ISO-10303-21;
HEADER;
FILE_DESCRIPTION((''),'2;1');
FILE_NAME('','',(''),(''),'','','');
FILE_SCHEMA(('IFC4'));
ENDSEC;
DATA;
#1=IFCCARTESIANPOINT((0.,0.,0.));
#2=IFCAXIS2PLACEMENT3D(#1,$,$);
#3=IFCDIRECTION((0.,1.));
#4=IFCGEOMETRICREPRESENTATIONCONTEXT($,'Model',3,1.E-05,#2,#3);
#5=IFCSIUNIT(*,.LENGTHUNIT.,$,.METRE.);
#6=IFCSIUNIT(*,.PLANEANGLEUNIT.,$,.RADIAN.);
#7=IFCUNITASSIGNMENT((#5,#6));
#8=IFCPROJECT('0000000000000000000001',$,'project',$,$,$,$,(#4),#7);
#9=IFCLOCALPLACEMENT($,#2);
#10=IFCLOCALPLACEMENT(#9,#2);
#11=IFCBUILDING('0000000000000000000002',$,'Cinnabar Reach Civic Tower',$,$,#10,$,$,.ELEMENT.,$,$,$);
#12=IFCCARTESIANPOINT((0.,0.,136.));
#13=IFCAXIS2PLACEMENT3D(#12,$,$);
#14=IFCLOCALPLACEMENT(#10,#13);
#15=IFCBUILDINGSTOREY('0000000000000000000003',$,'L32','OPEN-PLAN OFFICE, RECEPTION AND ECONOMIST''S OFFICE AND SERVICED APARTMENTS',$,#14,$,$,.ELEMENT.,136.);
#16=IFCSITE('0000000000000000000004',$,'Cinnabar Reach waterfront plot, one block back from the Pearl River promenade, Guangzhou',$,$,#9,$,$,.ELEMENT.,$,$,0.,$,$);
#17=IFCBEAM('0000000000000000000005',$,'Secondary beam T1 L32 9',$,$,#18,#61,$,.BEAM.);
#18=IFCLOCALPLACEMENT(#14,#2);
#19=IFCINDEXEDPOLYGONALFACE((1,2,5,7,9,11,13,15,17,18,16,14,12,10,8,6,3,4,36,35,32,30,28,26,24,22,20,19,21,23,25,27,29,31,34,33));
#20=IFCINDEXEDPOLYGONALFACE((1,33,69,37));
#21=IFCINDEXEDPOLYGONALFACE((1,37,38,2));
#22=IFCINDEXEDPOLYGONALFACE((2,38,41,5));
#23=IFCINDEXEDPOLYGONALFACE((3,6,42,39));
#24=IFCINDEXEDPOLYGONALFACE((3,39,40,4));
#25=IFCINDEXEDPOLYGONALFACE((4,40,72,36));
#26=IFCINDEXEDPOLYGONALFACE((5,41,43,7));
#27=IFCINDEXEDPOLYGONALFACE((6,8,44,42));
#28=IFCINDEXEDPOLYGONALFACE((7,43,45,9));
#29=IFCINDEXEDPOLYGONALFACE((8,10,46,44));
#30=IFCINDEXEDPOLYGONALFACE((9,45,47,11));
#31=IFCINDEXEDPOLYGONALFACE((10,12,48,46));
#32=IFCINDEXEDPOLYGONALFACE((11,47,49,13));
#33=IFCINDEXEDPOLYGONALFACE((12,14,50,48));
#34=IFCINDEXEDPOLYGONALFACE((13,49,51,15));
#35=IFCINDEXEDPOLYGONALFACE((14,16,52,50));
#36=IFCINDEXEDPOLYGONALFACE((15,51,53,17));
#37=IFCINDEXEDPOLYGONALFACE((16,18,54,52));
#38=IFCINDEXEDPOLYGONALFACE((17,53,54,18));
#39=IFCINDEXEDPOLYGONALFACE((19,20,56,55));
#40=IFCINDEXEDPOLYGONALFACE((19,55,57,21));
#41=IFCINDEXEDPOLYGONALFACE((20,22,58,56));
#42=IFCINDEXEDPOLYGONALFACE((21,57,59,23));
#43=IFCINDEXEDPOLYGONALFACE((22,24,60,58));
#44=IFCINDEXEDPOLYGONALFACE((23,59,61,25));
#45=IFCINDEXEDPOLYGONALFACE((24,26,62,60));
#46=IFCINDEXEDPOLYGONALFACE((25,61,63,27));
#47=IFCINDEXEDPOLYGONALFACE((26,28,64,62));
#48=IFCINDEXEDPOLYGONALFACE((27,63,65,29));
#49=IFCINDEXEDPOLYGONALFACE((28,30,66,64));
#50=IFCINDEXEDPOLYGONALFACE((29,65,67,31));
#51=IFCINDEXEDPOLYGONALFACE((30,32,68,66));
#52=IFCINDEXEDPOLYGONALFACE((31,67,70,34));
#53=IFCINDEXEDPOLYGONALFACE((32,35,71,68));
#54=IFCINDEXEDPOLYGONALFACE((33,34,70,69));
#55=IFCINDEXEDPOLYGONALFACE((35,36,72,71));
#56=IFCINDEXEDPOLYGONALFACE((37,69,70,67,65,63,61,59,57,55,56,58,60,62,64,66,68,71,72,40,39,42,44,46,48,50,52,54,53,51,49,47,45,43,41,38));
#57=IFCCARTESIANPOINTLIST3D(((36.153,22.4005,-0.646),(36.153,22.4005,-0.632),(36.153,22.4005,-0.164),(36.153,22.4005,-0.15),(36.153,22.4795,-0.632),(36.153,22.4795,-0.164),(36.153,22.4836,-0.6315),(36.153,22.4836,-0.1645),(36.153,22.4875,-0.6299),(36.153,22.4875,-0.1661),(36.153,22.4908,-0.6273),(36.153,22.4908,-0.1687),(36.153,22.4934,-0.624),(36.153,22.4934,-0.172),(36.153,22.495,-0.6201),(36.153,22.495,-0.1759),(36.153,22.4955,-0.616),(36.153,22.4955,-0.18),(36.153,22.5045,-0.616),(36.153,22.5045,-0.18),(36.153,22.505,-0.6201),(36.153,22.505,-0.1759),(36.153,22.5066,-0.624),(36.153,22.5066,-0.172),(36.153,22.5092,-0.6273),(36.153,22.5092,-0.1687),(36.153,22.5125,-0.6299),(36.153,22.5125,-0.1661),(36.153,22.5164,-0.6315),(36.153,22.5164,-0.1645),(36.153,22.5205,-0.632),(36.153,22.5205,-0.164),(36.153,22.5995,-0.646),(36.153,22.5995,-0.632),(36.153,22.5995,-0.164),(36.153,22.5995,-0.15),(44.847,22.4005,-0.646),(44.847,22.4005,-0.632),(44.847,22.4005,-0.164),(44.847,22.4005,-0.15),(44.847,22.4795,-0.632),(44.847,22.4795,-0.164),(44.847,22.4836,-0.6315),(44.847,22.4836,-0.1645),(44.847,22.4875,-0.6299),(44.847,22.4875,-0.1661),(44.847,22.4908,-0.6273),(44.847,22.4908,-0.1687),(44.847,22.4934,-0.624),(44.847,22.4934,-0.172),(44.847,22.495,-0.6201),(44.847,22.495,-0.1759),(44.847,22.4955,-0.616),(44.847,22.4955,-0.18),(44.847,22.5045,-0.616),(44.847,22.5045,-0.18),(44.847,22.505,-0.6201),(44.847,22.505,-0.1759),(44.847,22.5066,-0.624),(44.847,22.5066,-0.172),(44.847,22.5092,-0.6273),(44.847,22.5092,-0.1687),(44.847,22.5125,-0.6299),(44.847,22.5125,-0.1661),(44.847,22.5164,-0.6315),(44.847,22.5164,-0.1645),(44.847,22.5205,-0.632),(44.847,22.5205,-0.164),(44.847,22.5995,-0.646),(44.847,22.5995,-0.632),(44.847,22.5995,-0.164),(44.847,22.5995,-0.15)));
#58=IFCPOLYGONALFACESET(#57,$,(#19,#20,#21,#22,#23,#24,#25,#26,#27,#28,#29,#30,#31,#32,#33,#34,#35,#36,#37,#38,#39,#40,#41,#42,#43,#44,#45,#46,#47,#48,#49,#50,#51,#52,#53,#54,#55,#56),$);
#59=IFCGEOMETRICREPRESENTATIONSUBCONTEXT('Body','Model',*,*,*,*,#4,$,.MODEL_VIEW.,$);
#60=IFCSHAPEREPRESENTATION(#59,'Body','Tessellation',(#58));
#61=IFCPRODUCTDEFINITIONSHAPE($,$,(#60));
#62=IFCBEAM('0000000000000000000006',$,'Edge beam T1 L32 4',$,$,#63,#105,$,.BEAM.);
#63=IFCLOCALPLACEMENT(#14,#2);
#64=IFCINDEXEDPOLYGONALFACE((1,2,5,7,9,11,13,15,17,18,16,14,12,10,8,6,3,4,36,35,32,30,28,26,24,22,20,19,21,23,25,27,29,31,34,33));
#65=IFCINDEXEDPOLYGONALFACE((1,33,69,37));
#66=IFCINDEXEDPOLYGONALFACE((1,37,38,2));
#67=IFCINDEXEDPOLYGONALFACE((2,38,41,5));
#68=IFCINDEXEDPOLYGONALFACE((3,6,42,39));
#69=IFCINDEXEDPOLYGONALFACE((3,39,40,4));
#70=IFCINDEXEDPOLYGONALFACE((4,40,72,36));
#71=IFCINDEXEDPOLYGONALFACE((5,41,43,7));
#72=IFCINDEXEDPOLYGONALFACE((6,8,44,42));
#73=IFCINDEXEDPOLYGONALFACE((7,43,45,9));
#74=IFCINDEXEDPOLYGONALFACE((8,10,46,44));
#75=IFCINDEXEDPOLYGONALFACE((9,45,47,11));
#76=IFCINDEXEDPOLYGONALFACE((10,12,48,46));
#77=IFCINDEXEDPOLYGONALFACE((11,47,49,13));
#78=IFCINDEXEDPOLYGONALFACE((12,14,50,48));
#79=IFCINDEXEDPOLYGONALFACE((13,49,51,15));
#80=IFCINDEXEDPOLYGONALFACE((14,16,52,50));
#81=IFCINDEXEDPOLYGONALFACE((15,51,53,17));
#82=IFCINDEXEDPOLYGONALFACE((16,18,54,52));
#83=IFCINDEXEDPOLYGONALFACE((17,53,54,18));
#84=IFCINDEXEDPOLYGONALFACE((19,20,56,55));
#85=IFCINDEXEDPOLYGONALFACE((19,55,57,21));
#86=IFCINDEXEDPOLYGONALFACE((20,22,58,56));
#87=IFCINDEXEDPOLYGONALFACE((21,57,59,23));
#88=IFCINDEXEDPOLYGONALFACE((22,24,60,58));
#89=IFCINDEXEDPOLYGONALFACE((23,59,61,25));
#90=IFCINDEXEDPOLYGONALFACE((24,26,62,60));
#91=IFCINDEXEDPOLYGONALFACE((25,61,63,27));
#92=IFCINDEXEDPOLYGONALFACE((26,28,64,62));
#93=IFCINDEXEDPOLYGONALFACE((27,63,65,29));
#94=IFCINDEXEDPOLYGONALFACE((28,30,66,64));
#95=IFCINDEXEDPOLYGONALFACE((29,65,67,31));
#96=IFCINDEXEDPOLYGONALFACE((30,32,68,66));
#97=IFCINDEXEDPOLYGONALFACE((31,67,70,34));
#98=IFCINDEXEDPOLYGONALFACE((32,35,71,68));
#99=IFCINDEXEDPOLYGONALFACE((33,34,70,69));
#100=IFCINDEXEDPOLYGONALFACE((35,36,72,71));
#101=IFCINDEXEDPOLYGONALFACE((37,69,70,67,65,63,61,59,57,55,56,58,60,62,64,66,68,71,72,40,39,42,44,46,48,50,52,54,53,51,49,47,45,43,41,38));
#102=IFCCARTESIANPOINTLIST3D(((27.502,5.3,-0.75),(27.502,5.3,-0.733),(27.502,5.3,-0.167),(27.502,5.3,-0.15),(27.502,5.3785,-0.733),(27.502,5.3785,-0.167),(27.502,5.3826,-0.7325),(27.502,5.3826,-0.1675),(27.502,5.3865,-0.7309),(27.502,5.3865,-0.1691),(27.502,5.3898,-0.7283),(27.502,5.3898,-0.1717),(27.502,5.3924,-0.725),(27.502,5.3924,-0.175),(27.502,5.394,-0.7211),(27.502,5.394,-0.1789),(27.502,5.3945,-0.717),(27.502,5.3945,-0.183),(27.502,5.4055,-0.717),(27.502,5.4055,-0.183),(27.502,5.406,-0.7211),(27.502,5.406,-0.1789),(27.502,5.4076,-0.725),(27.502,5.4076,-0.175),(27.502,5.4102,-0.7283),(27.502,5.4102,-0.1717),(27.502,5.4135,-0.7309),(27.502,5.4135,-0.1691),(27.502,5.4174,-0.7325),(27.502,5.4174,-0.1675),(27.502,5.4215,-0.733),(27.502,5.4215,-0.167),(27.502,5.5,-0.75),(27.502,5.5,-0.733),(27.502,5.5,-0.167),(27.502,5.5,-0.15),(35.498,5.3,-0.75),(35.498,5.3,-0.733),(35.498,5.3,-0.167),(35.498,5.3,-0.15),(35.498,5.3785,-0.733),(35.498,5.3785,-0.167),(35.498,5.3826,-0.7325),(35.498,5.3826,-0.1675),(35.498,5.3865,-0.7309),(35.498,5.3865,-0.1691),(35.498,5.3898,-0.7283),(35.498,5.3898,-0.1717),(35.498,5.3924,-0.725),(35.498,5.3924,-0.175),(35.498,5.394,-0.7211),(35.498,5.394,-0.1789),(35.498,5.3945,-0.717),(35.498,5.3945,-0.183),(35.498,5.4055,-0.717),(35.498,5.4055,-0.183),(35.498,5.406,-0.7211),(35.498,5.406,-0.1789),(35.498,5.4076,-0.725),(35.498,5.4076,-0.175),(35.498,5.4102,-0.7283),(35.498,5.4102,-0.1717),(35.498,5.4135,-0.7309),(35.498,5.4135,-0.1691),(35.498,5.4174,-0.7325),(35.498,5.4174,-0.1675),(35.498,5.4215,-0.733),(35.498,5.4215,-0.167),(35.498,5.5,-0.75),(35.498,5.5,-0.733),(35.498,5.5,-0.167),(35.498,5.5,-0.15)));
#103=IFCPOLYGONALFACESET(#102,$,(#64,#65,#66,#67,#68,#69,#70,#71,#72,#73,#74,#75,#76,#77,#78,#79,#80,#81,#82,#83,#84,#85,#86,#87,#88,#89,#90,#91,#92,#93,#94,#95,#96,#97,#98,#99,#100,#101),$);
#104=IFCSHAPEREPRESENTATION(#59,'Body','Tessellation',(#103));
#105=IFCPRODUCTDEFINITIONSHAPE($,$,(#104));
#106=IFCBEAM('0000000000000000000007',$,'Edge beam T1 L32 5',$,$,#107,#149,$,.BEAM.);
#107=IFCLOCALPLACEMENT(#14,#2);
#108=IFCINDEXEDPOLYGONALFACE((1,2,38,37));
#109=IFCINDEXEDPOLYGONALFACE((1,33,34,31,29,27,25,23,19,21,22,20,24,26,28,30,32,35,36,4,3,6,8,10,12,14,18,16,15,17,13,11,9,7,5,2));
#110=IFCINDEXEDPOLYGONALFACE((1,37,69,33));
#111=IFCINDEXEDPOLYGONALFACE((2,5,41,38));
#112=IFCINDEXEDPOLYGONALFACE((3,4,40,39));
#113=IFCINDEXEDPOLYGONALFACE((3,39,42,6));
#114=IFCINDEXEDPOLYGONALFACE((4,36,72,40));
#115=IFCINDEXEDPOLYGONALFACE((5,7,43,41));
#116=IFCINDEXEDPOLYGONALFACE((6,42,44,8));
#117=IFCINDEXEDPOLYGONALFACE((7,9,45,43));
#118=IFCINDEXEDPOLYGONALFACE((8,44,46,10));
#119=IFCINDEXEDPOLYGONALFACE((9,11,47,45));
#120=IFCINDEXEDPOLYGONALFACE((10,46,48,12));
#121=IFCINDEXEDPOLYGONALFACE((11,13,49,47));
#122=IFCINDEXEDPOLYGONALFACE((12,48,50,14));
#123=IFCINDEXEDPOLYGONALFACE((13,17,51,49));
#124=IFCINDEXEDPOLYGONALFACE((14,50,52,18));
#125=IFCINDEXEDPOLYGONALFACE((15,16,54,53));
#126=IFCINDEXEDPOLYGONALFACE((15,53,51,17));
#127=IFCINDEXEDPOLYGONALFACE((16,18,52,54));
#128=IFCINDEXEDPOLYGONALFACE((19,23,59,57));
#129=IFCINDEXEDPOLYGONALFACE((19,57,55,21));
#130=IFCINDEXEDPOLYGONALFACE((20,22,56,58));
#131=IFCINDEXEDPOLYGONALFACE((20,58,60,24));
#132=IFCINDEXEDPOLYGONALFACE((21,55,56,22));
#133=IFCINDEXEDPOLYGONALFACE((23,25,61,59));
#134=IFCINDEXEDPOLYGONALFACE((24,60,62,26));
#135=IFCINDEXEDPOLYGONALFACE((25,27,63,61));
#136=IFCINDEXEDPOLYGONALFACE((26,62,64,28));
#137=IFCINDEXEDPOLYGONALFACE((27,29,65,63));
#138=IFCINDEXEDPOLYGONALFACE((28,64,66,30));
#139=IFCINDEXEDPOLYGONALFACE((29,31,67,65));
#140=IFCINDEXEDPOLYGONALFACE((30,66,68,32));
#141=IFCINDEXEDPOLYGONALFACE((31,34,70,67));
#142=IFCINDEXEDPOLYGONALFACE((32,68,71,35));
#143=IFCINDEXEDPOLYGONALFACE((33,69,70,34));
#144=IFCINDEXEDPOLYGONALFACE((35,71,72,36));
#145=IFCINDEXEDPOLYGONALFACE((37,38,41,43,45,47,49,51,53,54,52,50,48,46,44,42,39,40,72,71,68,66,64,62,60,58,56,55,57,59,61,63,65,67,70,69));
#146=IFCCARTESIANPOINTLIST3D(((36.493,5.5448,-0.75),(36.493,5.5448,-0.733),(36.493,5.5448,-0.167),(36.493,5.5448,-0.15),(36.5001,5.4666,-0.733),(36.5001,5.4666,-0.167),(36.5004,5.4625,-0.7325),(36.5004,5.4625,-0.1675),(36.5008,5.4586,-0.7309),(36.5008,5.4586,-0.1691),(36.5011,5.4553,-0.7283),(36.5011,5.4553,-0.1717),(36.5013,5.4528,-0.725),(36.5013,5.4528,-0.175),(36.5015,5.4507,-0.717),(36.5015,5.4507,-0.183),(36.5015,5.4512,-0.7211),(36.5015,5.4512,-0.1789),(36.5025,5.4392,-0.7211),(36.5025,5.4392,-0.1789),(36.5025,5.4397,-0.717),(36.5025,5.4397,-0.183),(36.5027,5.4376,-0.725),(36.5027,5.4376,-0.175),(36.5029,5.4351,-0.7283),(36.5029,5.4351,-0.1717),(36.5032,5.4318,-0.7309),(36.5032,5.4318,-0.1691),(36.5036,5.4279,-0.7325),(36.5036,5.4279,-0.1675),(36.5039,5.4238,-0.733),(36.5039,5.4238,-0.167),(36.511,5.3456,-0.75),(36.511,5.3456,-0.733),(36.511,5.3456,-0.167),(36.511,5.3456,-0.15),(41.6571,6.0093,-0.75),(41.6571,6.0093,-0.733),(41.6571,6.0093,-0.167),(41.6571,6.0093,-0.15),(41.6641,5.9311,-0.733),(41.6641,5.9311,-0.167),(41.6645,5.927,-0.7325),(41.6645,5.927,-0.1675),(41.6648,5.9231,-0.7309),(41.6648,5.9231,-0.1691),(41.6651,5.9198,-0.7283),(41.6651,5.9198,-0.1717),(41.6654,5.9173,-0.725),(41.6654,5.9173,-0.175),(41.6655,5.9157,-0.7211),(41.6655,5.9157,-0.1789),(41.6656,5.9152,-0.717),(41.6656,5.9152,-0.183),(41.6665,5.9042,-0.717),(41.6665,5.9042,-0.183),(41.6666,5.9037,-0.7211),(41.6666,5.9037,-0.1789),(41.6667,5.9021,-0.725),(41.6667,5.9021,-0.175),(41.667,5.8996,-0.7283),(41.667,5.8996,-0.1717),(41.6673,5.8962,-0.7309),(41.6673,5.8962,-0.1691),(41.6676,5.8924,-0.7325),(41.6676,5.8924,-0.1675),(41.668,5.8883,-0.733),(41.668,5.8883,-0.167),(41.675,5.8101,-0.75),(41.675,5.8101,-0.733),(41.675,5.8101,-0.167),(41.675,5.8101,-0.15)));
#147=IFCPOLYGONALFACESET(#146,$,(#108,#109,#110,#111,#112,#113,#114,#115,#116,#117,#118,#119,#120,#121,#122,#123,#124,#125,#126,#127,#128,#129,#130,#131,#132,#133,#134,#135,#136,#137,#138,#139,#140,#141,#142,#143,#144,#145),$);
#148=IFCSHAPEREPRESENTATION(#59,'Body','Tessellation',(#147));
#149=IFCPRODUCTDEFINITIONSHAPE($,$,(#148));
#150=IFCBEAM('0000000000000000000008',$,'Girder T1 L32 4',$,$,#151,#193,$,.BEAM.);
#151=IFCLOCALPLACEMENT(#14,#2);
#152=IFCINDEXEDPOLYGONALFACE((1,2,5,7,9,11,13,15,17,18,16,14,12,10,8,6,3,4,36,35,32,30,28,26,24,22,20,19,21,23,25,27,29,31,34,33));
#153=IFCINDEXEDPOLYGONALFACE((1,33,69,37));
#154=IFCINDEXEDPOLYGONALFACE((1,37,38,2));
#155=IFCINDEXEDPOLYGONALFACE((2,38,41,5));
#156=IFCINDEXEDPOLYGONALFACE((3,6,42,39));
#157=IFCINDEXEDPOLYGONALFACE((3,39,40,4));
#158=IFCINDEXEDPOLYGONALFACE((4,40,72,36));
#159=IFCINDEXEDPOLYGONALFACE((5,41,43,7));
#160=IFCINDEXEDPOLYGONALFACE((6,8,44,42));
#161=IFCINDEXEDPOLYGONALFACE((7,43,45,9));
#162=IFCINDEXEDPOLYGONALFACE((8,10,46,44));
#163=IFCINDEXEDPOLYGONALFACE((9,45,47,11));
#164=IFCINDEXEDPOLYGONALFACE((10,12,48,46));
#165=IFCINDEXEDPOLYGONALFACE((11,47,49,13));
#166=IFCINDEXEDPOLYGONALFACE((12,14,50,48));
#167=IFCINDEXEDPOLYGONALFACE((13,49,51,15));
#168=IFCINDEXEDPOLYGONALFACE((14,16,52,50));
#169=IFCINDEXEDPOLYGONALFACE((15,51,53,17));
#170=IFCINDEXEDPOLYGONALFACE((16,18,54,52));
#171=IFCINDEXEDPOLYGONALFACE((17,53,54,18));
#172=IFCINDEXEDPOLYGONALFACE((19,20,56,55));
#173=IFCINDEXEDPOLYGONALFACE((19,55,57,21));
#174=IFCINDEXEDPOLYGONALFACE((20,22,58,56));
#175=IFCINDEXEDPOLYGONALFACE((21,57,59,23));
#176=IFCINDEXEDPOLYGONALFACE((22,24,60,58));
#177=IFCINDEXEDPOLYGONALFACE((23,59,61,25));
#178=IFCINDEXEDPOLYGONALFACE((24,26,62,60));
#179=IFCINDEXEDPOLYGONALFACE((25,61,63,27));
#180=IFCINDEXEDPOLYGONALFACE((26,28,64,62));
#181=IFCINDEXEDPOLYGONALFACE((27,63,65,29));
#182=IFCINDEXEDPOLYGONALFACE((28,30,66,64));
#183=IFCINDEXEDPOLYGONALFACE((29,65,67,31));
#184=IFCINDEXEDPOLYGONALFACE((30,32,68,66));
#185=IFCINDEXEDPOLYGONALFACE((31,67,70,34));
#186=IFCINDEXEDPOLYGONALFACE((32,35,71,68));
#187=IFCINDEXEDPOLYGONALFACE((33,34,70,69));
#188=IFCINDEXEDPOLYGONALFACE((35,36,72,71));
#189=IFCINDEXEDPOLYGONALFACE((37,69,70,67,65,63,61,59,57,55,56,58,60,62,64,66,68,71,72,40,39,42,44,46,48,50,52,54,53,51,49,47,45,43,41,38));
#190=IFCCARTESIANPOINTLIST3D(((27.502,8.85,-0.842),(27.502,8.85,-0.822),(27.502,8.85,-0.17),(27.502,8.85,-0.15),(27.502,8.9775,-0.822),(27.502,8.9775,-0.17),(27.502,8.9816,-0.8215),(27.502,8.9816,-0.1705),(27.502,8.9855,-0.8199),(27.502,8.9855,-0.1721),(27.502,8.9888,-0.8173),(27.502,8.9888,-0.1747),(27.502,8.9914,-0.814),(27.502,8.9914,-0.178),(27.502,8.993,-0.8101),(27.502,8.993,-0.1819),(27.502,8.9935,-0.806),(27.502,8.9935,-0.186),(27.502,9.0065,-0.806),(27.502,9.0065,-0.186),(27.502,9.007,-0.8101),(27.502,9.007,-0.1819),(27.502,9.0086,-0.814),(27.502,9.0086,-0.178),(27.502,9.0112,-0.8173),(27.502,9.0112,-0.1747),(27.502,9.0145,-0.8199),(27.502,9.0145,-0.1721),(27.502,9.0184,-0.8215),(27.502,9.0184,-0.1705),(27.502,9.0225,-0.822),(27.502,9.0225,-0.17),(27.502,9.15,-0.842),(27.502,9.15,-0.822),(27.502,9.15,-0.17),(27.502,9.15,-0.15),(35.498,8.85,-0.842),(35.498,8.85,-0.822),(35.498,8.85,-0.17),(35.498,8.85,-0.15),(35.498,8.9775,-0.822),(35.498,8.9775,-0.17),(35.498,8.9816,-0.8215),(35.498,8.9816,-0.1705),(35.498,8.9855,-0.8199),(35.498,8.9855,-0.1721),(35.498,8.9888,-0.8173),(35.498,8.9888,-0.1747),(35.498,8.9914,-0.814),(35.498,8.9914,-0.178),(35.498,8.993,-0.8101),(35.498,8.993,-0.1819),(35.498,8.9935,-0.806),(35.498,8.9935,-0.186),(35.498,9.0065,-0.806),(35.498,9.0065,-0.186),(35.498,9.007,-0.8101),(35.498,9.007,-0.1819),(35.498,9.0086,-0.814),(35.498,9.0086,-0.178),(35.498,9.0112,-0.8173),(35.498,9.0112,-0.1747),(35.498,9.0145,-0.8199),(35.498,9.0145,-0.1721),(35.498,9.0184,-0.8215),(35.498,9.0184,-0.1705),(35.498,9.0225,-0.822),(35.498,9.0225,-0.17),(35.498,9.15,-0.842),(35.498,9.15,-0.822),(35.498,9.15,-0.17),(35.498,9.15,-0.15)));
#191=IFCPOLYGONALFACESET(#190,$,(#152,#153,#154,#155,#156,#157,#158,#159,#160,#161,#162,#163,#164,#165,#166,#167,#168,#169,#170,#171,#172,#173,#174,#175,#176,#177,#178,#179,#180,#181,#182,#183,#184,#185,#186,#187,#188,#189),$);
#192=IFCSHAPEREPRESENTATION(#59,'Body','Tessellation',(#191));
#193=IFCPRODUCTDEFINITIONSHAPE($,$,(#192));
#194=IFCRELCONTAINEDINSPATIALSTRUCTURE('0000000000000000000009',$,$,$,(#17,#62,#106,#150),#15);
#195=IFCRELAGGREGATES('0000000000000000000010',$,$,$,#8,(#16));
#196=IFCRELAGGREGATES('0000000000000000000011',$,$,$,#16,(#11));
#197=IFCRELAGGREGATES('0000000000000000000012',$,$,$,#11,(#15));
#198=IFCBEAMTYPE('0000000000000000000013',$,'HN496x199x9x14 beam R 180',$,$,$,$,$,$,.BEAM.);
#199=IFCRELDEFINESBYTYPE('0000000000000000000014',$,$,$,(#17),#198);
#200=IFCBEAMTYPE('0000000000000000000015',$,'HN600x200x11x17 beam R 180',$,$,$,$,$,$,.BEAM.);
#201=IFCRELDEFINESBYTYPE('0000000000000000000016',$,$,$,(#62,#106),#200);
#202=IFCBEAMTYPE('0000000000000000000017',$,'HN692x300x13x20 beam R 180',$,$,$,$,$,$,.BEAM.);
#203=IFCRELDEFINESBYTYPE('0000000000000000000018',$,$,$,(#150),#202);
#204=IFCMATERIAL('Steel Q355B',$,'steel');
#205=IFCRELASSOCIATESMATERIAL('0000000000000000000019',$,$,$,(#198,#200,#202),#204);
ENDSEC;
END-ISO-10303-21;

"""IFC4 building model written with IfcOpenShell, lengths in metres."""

from ifc_helpers import new_model, si_unit, direction, frame, origin, origin_2d, place, context, subcontext, project, spatial, i_section, extrude, material, material_profile, profile_set, type_object, element, save


model = new_model("IFC4")

# Units and contexts
model_context = context("Model", 3, precision=1e-05, world=origin(), true_north=direction((0.0, 1.0)))
body_context = subcontext(model_context, "Body", "Model", "MODEL_VIEW")
ifc_project = project(units=[si_unit("LENGTHUNIT", "METRE"), si_unit("PLANEANGLEUNIT", "RADIAN")], contexts=[model_context])

# Site, building, storey
site_placement = place(None, origin())
site = spatial("IfcSite", under=ifc_project, at=site_placement, Name="Cinnabar Reach waterfront plot, one block back from the Pearl River promenade, Guangzhou", CompositionType="ELEMENT", RefElevation=0.0)
building_placement = place(site_placement, origin())
building = spatial("IfcBuilding", under=site, at=building_placement, Name="Cinnabar Reach Civic Tower", CompositionType="ELEMENT")
storey_placement = place(building_placement, frame((0.0, 0.0, 136.0)))
storey = spatial("IfcBuildingStorey", under=building, at=storey_placement, Name="L32", Description="OPEN-PLAN OFFICE, RECEPTION AND ECONOMIST'S OFFICE AND SERVICED APARTMENTS", CompositionType="ELEMENT", Elevation=136.0)

# Beams
ifc_material_1 = material(Name="Steel Q355B", Category="steel")
ifc_material_profile_1 = material_profile(ifc_material_1, i_section(OverallWidth=0.199, OverallDepth=0.496, WebThickness=0.009, FlangeThickness=0.014, FilletRadius=0.016, at=origin_2d()), Name="HN496x199x9x14")
ifc_profile_set_1 = profile_set([ifc_material_profile_1], Name="Steel Q355B")
beam_type_1 = type_object("IfcBeamType", Name="HN496x199x9x14 beam R 180", PredefinedType="BEAM", material=ifc_profile_set_1)
for number, where, z_axis, x_axis, name in (
    (1, (36.153, 22.5, -0.398), (1.0, 0.0, 0.0), (0.0, 1.0, 0.0), "Secondary beam T1 L32 9"),
):
    element("IfcBeam", number, at=place(storey_placement, frame(where, z_axis=z_axis, x_axis=x_axis)), inside=storey, type_object=beam_type_1, Name=name, PredefinedType="BEAM", context=body_context, shape_type="SweptSolid", body=[
        extrude(i_section(OverallWidth=0.199, OverallDepth=0.496, WebThickness=0.009, FlangeThickness=0.014, FilletRadius=0.016, at=origin_2d()), origin(), (0.0, 0.0, 1.0), 8.694),
    ])
ifc_material_profile_2 = material_profile(ifc_material_1, i_section(OverallWidth=0.2, OverallDepth=0.6, WebThickness=0.011, FlangeThickness=0.017, FilletRadius=0.016, at=origin_2d()), Name="HN600x200x11x17")
ifc_profile_set_2 = profile_set([ifc_material_profile_2], Name="Steel Q355B")
beam_type_2 = type_object("IfcBeamType", Name="HN600x200x11x17 beam R 180", PredefinedType="BEAM", material=ifc_profile_set_2)
beam_1_placement = place(storey_placement, frame((27.502, 5.4, -0.45), z_axis=(1.0, 0.0, 0.0), x_axis=(0.0, 1.0, 0.0)))
element("IfcBeam", 2, at=beam_1_placement, inside=storey, type_object=beam_type_2, Name="Edge beam T1 L32 4", PredefinedType="BEAM", context=body_context, shape_type="SweptSolid", body=[
    extrude(i_section(OverallWidth=0.2, OverallDepth=0.6, WebThickness=0.011, FlangeThickness=0.017, FilletRadius=0.016, at=origin_2d()), origin(), (0.0, 0.0, 1.0), 7.996),
])
beam_2_placement = place(storey_placement, frame((36.502, 5.4452, -0.45), z_axis=(0.995979, 0.089586, 0.0), x_axis=(-0.089586, 0.995979, 0.0)))
element("IfcBeam", 3, at=beam_2_placement, inside=storey, type_object=beam_type_2, Name="Edge beam T1 L32 5", PredefinedType="BEAM", context=body_context, shape_type="SweptSolid", body=[
    extrude(i_section(OverallWidth=0.2, OverallDepth=0.6, WebThickness=0.011, FlangeThickness=0.017, FilletRadius=0.016, at=origin_2d()), origin(), (0.0, 0.0, 1.0), 5.1849),
])
ifc_material_profile_3 = material_profile(ifc_material_1, i_section(OverallWidth=0.3, OverallDepth=0.692, WebThickness=0.013, FlangeThickness=0.02, FilletRadius=0.016, at=origin_2d()), Name="HN692x300x13x20")
ifc_profile_set_3 = profile_set([ifc_material_profile_3], Name="Steel Q355B")
beam_type_3 = type_object("IfcBeamType", Name="HN692x300x13x20 beam R 180", PredefinedType="BEAM", material=ifc_profile_set_3)
for number, where, z_axis, x_axis, name in (
    (4, (27.502, 9.0, -0.496), (1.0, 0.0, 0.0), (0.0, 1.0, 0.0), "Girder T1 L32 4"),
):
    element("IfcBeam", number, at=place(storey_placement, frame(where, z_axis=z_axis, x_axis=x_axis)), inside=storey, type_object=beam_type_3, Name=name, PredefinedType="BEAM", context=body_context, shape_type="SweptSolid", body=[
        extrude(i_section(OverallWidth=0.3, OverallDepth=0.692, WebThickness=0.013, FlangeThickness=0.02, FilletRadius=0.016, at=origin_2d()), origin(), (0.0, 0.0, 1.0), 7.996),
    ])

save(model, "model.ifc")
